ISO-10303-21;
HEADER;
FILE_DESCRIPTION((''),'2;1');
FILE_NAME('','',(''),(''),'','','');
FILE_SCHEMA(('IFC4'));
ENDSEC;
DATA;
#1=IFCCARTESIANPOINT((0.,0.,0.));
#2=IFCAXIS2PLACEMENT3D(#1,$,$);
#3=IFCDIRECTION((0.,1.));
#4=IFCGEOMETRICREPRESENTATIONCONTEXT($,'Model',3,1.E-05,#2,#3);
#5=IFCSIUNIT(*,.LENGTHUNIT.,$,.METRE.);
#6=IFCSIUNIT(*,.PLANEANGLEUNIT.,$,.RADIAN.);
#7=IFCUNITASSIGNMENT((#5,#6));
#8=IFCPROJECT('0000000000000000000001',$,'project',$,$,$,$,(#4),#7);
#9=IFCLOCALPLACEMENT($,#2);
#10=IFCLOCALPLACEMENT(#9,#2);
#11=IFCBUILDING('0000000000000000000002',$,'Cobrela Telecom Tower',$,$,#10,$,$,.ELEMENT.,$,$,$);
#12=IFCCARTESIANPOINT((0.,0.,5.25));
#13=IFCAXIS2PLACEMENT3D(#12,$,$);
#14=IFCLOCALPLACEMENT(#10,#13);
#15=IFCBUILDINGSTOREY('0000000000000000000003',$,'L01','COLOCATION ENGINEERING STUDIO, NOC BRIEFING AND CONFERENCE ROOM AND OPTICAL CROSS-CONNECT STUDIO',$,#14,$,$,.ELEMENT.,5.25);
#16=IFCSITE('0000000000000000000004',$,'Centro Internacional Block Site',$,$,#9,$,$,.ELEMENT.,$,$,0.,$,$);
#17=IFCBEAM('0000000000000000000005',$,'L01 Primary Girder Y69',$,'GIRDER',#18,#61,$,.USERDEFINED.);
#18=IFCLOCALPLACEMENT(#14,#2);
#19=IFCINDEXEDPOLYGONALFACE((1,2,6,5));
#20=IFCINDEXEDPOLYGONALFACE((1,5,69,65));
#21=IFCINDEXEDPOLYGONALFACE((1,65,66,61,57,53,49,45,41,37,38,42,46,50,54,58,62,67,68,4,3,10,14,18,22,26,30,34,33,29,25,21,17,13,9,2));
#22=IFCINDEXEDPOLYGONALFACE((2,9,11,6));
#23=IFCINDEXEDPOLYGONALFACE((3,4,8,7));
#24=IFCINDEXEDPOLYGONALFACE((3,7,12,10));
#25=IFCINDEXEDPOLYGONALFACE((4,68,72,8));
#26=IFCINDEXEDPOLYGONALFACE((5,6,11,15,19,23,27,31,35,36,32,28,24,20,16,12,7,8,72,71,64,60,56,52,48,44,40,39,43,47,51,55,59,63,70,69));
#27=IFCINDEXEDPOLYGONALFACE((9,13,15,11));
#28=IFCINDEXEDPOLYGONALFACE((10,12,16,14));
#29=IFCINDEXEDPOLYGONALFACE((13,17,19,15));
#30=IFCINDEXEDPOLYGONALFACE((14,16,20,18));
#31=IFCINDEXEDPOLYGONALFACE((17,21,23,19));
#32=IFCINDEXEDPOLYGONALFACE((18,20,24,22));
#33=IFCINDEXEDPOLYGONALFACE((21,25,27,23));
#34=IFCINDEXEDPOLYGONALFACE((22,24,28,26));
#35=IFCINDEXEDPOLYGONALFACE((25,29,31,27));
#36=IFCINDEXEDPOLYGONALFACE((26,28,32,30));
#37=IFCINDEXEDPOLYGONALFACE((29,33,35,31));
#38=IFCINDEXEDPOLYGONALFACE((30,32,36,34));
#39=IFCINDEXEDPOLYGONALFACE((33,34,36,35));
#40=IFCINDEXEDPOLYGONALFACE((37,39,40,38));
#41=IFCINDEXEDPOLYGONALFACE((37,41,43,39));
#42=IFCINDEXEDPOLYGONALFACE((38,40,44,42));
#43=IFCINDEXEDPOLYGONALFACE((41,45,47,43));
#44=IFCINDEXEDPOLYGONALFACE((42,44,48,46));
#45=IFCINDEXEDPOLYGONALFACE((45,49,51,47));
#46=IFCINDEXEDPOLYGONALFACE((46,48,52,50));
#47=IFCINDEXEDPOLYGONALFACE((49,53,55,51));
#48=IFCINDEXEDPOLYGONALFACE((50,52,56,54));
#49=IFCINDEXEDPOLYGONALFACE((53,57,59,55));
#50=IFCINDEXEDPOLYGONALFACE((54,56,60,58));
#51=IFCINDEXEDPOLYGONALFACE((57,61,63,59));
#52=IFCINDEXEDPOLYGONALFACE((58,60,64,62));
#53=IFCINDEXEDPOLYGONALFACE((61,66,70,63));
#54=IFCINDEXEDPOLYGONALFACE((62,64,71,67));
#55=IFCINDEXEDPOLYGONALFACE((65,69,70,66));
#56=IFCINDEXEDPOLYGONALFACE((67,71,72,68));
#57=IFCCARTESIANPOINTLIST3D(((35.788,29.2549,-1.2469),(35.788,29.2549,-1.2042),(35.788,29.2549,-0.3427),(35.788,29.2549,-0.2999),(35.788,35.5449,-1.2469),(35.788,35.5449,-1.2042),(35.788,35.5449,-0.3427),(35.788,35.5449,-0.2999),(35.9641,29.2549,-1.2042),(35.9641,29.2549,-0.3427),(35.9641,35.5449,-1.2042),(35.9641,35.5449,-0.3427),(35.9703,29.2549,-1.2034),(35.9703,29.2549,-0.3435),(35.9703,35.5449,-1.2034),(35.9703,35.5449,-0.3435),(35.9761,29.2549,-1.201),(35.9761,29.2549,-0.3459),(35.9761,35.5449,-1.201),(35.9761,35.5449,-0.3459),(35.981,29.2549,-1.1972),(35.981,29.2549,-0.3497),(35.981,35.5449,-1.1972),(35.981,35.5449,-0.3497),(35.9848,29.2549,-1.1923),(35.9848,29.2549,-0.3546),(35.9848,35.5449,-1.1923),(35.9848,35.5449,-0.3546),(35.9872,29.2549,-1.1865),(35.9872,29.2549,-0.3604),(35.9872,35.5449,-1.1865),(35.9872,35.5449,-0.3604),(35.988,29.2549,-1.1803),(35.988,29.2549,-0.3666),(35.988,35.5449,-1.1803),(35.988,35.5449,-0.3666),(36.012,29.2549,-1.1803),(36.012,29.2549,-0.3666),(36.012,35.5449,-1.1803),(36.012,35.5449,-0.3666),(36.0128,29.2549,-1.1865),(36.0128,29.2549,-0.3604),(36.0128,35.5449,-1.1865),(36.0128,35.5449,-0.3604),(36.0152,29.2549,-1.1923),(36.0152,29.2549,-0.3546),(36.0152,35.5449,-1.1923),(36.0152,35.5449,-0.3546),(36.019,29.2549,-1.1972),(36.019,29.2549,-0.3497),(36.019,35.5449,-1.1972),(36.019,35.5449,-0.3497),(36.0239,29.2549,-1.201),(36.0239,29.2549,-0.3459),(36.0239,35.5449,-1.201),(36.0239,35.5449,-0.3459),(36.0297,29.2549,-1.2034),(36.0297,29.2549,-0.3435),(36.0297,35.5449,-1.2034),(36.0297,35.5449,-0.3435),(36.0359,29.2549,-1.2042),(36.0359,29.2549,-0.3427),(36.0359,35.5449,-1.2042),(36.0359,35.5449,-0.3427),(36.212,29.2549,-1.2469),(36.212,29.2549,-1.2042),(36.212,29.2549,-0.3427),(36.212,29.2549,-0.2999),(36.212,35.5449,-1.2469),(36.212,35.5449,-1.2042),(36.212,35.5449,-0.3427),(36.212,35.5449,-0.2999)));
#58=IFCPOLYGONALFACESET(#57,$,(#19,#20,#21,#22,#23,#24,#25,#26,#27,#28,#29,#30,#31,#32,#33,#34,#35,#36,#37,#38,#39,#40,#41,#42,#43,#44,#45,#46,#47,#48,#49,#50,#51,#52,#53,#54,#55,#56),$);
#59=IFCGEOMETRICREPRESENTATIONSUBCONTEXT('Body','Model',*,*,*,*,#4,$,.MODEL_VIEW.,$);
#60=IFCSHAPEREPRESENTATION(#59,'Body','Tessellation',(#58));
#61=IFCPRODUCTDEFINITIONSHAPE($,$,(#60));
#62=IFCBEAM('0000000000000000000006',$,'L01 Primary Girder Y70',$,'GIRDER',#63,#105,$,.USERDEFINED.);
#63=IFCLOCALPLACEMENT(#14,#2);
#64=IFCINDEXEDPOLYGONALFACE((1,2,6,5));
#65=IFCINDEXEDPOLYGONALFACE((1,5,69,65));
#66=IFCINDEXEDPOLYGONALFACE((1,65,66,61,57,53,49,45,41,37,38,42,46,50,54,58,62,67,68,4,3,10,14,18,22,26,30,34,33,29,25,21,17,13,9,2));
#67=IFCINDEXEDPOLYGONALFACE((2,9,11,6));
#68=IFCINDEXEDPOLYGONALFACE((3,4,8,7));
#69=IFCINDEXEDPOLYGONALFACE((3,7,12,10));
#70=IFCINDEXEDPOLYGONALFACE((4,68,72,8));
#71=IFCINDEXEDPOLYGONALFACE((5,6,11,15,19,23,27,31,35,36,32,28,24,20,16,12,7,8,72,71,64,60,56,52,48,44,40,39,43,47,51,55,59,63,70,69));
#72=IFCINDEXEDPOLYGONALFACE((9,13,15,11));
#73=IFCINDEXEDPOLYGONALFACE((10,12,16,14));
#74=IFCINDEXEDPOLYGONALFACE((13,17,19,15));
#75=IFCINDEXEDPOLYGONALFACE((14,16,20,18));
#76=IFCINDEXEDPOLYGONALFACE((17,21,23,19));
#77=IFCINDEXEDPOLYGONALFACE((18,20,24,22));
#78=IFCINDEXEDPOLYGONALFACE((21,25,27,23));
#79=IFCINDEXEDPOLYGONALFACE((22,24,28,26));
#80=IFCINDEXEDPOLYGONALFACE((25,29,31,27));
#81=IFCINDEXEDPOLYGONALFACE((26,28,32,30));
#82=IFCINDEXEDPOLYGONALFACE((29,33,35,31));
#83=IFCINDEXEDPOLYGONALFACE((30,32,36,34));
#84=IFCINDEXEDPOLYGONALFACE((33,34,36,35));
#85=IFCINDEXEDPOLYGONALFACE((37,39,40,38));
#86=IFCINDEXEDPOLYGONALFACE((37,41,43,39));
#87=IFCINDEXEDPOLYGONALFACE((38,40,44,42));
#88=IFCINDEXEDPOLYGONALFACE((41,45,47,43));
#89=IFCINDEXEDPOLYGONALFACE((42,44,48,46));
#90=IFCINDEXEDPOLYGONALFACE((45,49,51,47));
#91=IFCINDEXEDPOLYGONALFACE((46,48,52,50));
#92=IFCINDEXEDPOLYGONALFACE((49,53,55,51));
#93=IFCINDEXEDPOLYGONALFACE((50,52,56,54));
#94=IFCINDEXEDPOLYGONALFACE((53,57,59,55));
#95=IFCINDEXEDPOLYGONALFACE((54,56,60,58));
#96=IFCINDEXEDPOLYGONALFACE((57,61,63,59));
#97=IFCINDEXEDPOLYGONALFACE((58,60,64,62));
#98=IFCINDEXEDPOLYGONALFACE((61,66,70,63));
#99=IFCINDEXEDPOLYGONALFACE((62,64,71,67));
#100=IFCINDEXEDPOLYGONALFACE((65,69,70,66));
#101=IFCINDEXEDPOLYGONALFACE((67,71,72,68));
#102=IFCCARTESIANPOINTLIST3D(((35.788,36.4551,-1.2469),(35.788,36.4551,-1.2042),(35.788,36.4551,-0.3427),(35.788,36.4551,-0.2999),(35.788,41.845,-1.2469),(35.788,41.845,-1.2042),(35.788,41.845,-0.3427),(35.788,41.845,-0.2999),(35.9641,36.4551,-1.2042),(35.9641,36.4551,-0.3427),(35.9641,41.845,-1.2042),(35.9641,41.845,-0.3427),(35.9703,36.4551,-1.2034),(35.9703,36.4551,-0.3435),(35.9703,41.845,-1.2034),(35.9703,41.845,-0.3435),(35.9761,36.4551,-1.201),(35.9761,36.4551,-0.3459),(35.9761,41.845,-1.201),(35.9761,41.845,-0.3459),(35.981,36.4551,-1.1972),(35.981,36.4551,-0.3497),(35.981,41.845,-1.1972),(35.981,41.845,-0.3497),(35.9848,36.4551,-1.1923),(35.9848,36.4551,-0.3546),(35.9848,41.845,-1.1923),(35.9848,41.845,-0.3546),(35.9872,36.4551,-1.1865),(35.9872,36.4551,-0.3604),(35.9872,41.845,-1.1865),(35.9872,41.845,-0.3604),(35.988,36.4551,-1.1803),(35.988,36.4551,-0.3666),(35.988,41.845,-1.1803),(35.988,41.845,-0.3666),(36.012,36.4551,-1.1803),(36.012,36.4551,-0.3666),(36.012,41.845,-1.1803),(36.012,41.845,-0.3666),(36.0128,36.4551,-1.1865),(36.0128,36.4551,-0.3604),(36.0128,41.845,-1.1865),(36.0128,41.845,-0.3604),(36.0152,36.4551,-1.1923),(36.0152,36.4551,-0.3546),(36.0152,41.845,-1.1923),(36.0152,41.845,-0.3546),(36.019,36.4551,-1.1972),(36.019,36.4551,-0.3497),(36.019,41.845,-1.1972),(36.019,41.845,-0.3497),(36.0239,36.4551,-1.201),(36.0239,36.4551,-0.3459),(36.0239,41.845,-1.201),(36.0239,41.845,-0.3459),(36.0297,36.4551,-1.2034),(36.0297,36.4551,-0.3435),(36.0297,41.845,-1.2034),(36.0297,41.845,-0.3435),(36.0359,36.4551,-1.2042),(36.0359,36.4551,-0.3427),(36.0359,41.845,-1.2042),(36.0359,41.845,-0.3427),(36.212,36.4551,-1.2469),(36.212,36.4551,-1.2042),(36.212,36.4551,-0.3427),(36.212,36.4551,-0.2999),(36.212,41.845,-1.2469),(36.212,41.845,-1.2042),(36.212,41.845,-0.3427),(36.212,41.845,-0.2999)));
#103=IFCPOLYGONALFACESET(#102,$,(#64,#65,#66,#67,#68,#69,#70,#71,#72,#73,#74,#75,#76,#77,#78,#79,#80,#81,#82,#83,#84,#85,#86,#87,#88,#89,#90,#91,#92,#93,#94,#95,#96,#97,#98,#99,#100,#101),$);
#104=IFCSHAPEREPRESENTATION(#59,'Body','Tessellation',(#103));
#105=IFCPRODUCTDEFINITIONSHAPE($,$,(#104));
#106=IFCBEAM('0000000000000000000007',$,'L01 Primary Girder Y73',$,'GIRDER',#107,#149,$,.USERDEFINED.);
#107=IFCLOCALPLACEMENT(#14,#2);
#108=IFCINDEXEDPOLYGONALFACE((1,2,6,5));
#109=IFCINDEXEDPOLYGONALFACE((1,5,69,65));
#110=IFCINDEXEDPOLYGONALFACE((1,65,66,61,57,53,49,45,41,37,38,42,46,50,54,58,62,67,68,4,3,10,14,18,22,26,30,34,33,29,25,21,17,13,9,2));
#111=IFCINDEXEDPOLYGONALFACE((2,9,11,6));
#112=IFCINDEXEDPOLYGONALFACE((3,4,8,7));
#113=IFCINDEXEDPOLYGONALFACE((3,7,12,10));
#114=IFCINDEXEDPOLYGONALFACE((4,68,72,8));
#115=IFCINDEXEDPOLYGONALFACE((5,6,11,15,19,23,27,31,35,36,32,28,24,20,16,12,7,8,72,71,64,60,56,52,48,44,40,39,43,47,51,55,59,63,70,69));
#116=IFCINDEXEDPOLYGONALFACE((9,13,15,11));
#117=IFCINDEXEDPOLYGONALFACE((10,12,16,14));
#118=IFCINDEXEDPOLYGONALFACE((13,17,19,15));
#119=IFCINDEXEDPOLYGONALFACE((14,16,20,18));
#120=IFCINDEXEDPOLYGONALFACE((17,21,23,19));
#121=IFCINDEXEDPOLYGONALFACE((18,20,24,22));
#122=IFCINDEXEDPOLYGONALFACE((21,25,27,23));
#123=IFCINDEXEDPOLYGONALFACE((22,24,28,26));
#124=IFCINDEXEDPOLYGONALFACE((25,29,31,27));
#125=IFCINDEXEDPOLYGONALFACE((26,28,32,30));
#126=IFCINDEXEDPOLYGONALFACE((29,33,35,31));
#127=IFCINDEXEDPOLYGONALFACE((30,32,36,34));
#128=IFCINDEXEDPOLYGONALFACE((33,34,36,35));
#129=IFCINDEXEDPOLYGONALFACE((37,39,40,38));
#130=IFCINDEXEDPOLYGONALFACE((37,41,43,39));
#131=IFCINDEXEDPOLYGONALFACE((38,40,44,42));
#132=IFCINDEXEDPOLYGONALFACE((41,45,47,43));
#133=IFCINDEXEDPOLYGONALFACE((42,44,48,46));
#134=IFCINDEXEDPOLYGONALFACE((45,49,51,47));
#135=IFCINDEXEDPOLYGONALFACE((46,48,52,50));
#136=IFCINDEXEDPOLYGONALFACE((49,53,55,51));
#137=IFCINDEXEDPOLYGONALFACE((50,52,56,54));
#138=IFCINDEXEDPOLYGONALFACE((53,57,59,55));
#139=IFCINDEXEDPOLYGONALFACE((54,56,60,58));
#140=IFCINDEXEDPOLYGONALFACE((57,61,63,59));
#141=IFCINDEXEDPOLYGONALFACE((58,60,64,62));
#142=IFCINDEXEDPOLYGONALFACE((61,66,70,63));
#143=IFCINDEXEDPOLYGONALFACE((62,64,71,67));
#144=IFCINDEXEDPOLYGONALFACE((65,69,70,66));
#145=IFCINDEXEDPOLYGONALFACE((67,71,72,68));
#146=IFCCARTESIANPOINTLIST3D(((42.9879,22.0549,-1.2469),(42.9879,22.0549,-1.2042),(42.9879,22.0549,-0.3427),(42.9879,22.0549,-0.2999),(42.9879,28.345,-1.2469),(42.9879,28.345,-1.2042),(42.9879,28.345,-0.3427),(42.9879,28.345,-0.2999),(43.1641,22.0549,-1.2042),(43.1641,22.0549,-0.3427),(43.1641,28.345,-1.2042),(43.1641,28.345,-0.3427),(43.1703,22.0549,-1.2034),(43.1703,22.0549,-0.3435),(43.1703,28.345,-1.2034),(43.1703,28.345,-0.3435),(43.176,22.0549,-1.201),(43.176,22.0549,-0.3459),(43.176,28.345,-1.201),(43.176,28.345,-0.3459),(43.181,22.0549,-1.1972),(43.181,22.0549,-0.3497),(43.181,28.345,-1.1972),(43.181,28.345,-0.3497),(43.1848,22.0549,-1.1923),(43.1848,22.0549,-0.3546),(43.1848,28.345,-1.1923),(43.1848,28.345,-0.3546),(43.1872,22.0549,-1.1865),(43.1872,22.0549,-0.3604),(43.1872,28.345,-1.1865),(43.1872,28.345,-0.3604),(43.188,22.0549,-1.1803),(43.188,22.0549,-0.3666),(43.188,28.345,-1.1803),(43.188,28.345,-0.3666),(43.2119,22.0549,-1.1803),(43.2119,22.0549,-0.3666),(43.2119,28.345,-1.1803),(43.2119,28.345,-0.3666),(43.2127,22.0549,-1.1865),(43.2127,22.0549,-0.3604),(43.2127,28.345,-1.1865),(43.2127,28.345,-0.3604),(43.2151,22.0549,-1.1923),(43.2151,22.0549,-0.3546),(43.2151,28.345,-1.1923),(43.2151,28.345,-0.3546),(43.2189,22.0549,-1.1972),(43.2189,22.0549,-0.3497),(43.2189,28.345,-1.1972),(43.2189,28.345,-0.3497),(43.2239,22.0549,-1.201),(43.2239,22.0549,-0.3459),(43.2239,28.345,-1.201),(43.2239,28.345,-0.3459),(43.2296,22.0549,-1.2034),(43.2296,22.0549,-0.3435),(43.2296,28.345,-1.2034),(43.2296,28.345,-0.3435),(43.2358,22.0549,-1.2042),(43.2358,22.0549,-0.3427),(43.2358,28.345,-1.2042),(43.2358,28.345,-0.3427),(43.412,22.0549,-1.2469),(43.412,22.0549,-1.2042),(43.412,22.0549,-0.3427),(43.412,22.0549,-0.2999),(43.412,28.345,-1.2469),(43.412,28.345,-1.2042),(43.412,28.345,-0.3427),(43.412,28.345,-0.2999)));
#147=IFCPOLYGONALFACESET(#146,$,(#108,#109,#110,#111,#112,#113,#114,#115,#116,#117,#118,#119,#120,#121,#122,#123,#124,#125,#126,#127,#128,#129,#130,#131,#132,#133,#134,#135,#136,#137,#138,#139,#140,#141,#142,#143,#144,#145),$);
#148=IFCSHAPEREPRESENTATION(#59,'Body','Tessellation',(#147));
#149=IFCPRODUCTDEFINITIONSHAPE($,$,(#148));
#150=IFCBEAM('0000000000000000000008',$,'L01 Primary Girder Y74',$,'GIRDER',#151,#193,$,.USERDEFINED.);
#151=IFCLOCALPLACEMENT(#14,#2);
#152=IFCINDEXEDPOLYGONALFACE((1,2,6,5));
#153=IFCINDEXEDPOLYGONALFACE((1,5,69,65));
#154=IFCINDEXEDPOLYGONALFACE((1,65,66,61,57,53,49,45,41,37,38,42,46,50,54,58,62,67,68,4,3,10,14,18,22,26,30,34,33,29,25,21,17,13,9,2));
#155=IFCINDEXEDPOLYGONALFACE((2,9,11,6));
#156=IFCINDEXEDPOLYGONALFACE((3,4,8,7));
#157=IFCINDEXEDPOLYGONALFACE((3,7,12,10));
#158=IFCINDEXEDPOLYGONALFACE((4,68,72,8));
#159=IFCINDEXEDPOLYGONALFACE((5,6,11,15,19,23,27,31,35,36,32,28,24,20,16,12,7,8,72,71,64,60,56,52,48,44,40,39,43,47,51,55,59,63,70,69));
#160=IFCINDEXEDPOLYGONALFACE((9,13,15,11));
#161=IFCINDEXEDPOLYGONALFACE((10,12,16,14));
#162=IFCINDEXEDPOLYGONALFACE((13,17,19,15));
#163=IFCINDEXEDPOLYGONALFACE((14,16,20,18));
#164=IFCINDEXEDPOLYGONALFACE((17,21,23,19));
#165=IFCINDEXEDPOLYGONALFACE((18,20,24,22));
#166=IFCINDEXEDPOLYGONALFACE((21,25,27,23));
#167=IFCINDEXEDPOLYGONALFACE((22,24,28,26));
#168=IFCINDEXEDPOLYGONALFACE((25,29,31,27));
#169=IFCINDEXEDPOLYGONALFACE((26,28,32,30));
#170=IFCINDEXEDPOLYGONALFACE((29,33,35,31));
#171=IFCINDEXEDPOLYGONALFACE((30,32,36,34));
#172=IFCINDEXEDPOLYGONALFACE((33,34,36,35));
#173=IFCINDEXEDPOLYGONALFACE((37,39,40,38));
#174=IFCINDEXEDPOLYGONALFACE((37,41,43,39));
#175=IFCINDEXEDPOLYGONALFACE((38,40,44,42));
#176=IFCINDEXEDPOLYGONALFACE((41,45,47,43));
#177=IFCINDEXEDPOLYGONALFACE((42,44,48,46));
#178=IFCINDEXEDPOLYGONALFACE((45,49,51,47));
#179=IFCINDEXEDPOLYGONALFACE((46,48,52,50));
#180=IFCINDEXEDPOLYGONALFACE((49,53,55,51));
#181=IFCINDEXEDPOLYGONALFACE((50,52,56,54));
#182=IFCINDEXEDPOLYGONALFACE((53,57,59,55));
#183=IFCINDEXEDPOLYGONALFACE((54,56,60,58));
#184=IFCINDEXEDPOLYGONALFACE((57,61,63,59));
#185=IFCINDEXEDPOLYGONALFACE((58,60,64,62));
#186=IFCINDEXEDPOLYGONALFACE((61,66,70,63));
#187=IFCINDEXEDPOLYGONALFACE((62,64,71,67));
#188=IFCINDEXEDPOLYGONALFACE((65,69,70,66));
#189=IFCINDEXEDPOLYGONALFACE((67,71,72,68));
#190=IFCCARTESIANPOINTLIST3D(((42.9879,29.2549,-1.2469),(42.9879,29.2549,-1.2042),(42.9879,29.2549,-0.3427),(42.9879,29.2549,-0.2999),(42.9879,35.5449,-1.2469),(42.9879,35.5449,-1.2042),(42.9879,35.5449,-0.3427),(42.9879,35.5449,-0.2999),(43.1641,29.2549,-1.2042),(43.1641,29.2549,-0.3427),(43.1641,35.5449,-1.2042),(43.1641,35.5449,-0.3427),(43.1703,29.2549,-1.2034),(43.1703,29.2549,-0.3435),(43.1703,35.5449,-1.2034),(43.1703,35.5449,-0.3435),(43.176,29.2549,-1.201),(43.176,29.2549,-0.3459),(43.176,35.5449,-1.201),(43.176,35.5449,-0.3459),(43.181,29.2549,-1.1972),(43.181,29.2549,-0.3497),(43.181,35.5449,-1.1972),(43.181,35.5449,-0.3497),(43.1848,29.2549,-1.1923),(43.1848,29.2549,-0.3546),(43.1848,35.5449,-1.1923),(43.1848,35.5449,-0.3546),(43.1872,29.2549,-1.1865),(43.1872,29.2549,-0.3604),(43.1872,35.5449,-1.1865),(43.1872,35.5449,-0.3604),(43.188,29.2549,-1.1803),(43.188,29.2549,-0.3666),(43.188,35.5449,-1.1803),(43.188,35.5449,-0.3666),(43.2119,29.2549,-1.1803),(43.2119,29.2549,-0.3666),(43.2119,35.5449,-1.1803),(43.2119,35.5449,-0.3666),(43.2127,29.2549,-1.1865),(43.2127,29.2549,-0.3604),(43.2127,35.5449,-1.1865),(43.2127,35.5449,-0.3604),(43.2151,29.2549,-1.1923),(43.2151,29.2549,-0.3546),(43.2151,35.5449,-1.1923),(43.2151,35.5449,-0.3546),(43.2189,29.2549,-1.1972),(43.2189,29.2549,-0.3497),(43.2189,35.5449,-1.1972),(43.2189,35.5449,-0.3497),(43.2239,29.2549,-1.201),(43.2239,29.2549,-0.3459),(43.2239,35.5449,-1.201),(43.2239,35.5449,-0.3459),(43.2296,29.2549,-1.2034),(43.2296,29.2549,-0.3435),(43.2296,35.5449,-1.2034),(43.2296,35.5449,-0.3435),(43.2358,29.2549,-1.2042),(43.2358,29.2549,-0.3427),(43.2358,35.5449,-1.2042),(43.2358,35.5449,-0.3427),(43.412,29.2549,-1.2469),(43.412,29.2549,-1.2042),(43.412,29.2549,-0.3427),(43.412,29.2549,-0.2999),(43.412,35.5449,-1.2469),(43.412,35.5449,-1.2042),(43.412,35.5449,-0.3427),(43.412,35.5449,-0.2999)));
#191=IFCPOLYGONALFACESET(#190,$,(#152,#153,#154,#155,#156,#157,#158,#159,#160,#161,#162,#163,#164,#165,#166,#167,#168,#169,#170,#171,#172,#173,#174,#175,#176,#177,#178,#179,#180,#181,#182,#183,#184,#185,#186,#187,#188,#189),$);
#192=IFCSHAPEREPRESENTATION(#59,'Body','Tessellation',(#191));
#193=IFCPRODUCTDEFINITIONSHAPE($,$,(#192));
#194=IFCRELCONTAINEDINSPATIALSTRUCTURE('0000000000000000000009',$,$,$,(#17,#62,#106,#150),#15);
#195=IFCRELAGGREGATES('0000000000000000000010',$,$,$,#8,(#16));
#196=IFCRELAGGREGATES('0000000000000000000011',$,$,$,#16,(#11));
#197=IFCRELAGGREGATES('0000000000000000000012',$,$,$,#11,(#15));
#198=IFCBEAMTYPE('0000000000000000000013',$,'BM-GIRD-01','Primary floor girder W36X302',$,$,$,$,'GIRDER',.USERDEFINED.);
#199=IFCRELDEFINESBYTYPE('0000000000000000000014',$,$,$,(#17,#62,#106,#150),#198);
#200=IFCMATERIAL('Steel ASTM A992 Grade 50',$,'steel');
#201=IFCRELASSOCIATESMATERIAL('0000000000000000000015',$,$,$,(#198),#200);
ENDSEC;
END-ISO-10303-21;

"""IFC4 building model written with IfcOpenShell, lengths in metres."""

from ifc_helpers import new_model, si_unit, direction, frame, origin, origin_2d, place, context, subcontext, project, spatial, i_section, extrude, material, material_profile, profile_set, type_object, element, save


model = new_model("IFC4")

# Units and contexts
model_context = context("Model", 3, precision=1e-05, world=origin(), true_north=direction((0.0, 1.0)))
body_context = subcontext(model_context, "Body", "Model", "MODEL_VIEW")
ifc_project = project(units=[si_unit("LENGTHUNIT", "METRE"), si_unit("PLANEANGLEUNIT", "RADIAN")], contexts=[model_context])

# Site, building, storey
site_placement = place(None, origin())
site = spatial("IfcSite", under=ifc_project, at=site_placement, Name="Centro Internacional Block Site", CompositionType="ELEMENT", RefElevation=0.0)
building_placement = place(site_placement, origin())
building = spatial("IfcBuilding", under=site, at=building_placement, Name="Cobrela Telecom Tower", CompositionType="ELEMENT")
storey_placement = place(building_placement, frame((0.0, 0.0, 5.25)))
storey = spatial("IfcBuildingStorey", under=building, at=storey_placement, Name="L01", Description="COLOCATION ENGINEERING STUDIO, NOC BRIEFING AND CONFERENCE ROOM AND OPTICAL CROSS-CONNECT STUDIO", CompositionType="ELEMENT", Elevation=5.25)

# Beams
ifc_material_1 = material(Name="Steel ASTM A992 Grade 50", Category="steel")
ifc_material_profile_1 = material_profile(ifc_material_1, i_section(OverallWidth=0.4241, OverallDepth=0.947, WebThickness=0.0239, FlangeThickness=0.0427, FilletRadius=0.0239, at=origin_2d()), Name="W36X302")
ifc_profile_set_1 = profile_set([ifc_material_profile_1], Name="Steel ASTM A992 Grade 50")
beam_type_1 = type_object("IfcBeamType", Name="BM-GIRD-01", Description="Primary floor girder W36X302", ElementType="GIRDER", PredefinedType="USERDEFINED", material=ifc_profile_set_1)
for number, where, z_axis, x_axis, name in (
    (1, (36.0, 29.2549, -0.7734), (0.0, 1.0, 0.0), (-1.0, 0.0, 0.0), "L01 Primary Girder Y69"),
):
    element("IfcBeam", number, at=place(storey_placement, frame(where, z_axis=z_axis, x_axis=x_axis)), inside=storey, type_object=beam_type_1, Name=name, ObjectType="GIRDER", PredefinedType="USERDEFINED", context=body_context, shape_type="SweptSolid", body=[
        extrude(i_section(OverallWidth=0.4241, OverallDepth=0.947, WebThickness=0.0239, FlangeThickness=0.0427, FilletRadius=0.0239, at=origin_2d()), origin(), (0.0, 0.0, 1.0), 6.29),
    ])
beam_1_placement = place(storey_placement, frame((36.0, 36.4551, -0.7734), z_axis=(0.0, 1.0, 0.0), x_axis=(-1.0, 0.0, 0.0)))
element("IfcBeam", 2, at=beam_1_placement, inside=storey, type_object=beam_type_1, Name="L01 Primary Girder Y70", ObjectType="GIRDER", PredefinedType="USERDEFINED", context=body_context, shape_type="SweptSolid", body=[
    extrude(i_section(OverallWidth=0.4241, OverallDepth=0.947, WebThickness=0.0239, FlangeThickness=0.0427, FilletRadius=0.0239, at=origin_2d()), origin(), (0.0, 0.0, 1.0), 5.3899),
])
for number, where, z_axis, x_axis, name in (
    (3, (43.2, 22.0549, -0.7734), (0.0, 1.0, 0.0), (-1.0, 0.0, 0.0), "L01 Primary Girder Y73"),
    (4, (43.2, 29.2549, -0.7734), (0.0, 1.0, 0.0), (-1.0, 0.0, 0.0), "L01 Primary Girder Y74"),
):
    element("IfcBeam", number, at=place(storey_placement, frame(where, z_axis=z_axis, x_axis=x_axis)), inside=storey, type_object=beam_type_1, Name=name, ObjectType="GIRDER", PredefinedType="USERDEFINED", context=body_context, shape_type="SweptSolid", body=[
        extrude(i_section(OverallWidth=0.4241, OverallDepth=0.947, WebThickness=0.0239, FlangeThickness=0.0427, FilletRadius=0.0239, at=origin_2d()), origin(), (0.0, 0.0, 1.0), 6.29),
    ])

save(model, "model.ifc")
